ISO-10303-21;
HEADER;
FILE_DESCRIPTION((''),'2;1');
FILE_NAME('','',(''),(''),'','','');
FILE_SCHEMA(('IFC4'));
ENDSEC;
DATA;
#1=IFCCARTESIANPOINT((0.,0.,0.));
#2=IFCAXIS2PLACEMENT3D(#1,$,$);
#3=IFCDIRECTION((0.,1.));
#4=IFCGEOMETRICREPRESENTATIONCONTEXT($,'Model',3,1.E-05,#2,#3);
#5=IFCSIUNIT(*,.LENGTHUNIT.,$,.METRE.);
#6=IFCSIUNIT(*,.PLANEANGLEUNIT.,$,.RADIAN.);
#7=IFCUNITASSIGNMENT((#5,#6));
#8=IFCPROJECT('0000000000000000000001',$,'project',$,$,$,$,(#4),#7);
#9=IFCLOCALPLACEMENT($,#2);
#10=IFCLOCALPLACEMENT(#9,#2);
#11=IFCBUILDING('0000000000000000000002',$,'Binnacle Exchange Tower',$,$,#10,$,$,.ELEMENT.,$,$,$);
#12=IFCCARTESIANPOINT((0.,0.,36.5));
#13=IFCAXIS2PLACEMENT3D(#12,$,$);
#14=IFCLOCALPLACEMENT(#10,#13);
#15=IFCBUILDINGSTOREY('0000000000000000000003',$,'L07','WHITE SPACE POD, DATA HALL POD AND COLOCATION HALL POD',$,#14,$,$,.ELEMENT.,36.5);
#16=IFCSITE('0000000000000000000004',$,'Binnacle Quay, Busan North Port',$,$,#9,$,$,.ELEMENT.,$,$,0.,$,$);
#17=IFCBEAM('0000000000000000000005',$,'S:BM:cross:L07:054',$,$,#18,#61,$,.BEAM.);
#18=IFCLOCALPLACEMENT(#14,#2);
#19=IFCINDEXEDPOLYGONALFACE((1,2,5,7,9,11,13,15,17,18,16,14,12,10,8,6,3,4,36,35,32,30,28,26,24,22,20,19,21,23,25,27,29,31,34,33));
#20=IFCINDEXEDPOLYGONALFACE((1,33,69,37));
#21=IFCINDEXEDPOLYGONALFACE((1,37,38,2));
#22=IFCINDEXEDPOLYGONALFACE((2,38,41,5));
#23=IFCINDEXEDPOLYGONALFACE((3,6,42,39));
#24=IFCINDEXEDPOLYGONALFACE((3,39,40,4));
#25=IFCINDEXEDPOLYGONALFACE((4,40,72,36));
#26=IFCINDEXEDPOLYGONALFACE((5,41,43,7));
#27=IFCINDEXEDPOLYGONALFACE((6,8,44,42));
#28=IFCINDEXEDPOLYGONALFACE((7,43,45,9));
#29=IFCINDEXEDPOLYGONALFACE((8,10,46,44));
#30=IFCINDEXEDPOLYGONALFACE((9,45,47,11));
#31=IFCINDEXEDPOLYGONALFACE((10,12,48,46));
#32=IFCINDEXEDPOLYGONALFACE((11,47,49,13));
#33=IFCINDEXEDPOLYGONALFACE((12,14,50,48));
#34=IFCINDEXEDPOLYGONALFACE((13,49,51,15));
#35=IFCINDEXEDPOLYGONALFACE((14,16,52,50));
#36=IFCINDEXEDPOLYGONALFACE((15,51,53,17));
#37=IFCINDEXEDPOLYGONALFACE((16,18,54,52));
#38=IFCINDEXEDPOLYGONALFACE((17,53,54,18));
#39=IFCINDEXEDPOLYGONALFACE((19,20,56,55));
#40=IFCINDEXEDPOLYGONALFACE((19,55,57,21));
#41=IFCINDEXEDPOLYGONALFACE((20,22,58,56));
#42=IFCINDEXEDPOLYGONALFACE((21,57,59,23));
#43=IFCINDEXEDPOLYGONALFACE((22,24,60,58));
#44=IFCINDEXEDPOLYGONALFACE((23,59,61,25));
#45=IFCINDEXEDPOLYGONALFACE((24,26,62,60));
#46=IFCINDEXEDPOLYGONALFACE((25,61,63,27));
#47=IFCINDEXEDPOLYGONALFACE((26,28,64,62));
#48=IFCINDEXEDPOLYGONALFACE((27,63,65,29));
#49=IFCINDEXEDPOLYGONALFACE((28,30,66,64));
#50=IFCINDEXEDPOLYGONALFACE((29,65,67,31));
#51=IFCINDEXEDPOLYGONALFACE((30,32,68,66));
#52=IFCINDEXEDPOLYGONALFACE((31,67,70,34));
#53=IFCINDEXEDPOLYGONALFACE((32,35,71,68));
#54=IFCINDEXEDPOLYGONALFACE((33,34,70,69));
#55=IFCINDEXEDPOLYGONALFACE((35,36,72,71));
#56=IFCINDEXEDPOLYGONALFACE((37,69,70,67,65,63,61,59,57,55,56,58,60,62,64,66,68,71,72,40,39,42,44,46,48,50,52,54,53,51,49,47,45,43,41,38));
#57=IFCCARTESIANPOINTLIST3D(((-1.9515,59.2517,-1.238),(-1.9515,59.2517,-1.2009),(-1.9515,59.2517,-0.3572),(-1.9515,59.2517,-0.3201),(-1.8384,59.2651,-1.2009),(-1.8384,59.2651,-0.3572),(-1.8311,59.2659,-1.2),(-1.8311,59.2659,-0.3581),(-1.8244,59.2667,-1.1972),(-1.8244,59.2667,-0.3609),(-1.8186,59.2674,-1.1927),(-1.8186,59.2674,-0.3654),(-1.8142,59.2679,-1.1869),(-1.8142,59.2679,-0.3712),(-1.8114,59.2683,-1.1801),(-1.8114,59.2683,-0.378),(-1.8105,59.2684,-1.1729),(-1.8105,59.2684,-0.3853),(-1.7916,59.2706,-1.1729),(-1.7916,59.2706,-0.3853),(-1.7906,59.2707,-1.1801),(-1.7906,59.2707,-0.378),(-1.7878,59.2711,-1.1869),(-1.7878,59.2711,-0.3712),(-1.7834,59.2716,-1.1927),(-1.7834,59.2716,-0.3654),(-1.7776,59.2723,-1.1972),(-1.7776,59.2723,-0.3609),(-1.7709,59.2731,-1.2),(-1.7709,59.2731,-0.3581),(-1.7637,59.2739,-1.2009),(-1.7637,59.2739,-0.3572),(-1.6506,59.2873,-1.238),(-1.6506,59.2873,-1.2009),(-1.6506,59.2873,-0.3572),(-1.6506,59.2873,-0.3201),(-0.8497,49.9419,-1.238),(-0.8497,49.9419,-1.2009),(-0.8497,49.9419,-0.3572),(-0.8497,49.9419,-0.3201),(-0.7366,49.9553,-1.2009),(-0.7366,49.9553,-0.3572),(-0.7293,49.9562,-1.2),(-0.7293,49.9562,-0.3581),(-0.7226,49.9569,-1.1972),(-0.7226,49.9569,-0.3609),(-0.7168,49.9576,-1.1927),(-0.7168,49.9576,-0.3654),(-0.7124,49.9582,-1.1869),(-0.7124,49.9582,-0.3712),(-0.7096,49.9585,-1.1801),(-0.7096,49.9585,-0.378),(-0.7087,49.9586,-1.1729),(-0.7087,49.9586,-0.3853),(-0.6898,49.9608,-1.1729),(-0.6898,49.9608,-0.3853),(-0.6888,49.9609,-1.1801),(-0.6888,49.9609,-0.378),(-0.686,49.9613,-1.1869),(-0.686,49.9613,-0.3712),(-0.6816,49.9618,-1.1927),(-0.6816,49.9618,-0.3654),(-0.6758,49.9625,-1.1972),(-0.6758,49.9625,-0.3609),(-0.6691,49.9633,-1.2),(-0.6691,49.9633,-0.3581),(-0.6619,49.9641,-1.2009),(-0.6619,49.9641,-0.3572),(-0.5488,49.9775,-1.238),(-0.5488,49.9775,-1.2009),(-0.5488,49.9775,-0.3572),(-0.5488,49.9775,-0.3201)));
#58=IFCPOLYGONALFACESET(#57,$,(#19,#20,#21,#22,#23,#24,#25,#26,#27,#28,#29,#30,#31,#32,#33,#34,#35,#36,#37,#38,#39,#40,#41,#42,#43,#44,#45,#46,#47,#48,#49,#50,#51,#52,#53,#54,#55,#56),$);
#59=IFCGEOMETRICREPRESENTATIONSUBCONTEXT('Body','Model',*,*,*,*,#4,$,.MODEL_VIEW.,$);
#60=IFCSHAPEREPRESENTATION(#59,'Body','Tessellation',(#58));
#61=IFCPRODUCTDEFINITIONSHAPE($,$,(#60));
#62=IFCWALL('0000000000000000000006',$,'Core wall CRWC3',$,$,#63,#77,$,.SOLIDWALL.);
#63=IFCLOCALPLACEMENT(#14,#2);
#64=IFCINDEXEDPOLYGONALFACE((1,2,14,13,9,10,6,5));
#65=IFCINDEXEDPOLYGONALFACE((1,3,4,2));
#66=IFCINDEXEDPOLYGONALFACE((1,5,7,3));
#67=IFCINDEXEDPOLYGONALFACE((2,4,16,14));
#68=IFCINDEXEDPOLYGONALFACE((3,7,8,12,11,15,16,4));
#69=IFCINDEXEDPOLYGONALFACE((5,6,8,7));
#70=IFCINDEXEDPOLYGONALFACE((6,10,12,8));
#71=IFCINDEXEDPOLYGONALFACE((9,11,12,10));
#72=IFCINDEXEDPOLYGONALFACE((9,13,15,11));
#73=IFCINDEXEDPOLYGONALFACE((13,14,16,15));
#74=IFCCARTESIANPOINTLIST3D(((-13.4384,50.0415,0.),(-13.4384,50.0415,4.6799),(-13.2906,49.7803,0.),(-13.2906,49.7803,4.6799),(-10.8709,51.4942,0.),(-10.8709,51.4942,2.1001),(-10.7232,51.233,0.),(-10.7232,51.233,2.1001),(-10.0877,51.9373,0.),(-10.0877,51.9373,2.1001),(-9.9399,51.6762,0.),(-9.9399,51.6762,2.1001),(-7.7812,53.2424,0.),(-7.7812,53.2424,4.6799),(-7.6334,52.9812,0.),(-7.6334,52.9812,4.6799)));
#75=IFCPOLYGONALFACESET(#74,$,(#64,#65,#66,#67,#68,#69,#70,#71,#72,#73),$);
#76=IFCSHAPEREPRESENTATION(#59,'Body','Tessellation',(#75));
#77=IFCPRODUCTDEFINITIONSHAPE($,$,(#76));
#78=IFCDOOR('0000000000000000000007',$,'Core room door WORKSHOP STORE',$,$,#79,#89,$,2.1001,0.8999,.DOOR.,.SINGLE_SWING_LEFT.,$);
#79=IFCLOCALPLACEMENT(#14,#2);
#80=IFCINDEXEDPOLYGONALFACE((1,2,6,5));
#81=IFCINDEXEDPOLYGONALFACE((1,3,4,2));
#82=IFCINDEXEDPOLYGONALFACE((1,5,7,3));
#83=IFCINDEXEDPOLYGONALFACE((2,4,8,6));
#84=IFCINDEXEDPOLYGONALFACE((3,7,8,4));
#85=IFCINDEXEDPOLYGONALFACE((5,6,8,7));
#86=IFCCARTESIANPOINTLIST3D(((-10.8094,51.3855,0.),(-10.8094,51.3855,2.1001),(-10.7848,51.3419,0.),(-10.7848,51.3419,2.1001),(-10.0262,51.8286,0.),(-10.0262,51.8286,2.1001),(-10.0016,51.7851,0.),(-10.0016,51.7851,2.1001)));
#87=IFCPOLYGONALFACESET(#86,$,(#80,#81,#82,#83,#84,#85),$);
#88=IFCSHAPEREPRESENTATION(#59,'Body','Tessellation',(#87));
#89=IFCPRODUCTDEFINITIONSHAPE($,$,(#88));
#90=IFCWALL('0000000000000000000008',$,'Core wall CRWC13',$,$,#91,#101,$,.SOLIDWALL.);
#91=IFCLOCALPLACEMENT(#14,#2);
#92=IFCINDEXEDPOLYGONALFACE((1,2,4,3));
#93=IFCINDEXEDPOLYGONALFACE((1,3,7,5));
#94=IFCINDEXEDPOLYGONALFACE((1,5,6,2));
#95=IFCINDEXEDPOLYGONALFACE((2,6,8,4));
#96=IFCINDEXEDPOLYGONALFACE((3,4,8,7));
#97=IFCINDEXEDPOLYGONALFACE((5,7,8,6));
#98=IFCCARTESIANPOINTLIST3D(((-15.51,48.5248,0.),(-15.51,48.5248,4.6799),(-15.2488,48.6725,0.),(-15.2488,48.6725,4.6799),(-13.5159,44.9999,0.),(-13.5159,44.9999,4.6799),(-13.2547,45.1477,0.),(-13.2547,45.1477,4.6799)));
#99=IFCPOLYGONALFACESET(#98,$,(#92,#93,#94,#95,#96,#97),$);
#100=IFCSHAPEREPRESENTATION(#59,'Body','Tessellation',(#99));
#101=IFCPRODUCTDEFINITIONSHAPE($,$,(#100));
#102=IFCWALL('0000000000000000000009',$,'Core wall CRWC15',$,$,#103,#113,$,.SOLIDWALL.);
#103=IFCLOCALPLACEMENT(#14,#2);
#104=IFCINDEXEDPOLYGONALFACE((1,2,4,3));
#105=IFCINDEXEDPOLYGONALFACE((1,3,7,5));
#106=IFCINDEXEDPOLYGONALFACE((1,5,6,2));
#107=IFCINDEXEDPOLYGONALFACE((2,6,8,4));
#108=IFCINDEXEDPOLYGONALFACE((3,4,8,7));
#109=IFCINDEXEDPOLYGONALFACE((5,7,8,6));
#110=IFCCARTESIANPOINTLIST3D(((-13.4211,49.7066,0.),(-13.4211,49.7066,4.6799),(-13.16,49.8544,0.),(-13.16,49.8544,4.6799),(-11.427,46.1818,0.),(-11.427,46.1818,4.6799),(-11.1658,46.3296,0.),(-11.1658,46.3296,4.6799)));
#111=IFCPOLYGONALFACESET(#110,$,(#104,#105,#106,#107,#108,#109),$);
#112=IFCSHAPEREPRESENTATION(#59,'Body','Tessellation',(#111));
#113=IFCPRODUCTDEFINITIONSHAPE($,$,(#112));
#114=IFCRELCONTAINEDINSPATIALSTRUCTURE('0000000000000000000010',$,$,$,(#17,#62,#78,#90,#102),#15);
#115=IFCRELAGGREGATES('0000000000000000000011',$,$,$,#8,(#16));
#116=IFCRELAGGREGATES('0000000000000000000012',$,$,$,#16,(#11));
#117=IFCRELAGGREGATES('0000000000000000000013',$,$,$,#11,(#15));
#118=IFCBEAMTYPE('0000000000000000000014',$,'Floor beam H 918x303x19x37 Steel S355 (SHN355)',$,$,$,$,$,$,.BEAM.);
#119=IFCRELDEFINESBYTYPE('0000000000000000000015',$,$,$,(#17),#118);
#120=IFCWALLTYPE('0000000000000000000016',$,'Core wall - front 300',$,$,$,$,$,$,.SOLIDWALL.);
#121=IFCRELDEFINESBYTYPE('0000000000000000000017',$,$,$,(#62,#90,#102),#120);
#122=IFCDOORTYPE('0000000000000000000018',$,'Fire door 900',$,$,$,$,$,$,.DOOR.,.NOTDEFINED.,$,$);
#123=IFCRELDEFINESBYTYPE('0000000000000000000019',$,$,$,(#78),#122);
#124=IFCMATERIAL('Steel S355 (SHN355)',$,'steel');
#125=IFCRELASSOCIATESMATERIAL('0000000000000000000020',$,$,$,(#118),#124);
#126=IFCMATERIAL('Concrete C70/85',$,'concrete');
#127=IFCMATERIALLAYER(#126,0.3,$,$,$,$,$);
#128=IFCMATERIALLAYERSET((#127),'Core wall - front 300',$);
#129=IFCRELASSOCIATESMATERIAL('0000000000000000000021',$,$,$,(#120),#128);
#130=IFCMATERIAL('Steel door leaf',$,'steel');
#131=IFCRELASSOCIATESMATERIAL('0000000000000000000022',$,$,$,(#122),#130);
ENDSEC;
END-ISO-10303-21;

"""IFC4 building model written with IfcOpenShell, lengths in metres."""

from ifc_helpers import new_model, si_unit, direction, frame, frame_2d, origin, origin_2d, place, context, subcontext, project, spatial, rectangle, i_section, extrude, material, layer, layer_set, material_profile, profile_set, type_object, element, fill, save


model = new_model("IFC4")

# Units and contexts
model_context = context("Model", 3, precision=1e-05, world=origin(), true_north=direction((0.0, 1.0)))
body_context = subcontext(model_context, "Body", "Model", "MODEL_VIEW")
ifc_project = project(units=[si_unit("LENGTHUNIT", "METRE"), si_unit("PLANEANGLEUNIT", "RADIAN")], contexts=[model_context])

# Site, building, storey
site_placement = place(None, origin())
site = spatial("IfcSite", under=ifc_project, at=site_placement, Name="Binnacle Quay, Busan North Port", CompositionType="ELEMENT", RefElevation=0.0)
building_placement = place(site_placement, origin())
building = spatial("IfcBuilding", under=site, at=building_placement, Name="Binnacle Exchange Tower", CompositionType="ELEMENT")
storey_placement = place(building_placement, frame((0.0, 0.0, 36.5)))
storey = spatial("IfcBuildingStorey", under=building, at=storey_placement, Name="L07", Description="WHITE SPACE POD, DATA HALL POD AND COLOCATION HALL POD", CompositionType="ELEMENT", Elevation=36.5)

# Shared definitions
ifc_material_1 = material(Name="Concrete C70/85", Category="concrete")

# Beam
ifc_material_2 = material(Name="Steel S355 (SHN355)", Category="steel")
ifc_material_profile_1 = material_profile(ifc_material_2, i_section(OverallWidth=0.303, OverallDepth=0.918, WebThickness=0.019, FlangeThickness=0.0371, FilletRadius=0.0281, at=origin_2d()), Name="H 918x303x19x37")
ifc_profile_set_1 = profile_set([ifc_material_profile_1], Name="Steel S355 (SHN355)")
beam_type_1 = type_object("IfcBeamType", Name="Floor beam H 918x303x19x37 Steel S355 (SHN355)", PredefinedType="BEAM", material=ifc_profile_set_1)
beam_1_placement = place(storey_placement, frame((-0.6992, 49.9597, -0.7791), z_axis=(-0.117529, 0.993069, 0.0), x_axis=(-0.993069, -0.117529, 0.0)))
element("IfcBeam", 1, at=beam_1_placement, inside=storey, type_object=beam_type_1, Name="S:BM:cross:L07:054", PredefinedType="BEAM", context=body_context, shape_type="SweptSolid", body=[
    extrude(i_section(OverallWidth=0.303, OverallDepth=0.918, WebThickness=0.019, FlangeThickness=0.0371, FilletRadius=0.0281, at=origin_2d()), origin(), (0.0, 0.0, 1.0), 9.3748),
])

# Wall, opening, door
ifc_layer_1 = layer(ifc_material_1, 0.3)
ifc_layer_set_1 = layer_set([ifc_layer_1], Name="Core wall - front 300")
wall_type_1 = type_object("IfcWallType", Name="Core wall - front 300", PredefinedType="SOLIDWALL", material=ifc_layer_set_1)
wall_1_placement = place(storey_placement, frame((-13.3645, 49.9109, 0.0), z_axis=(0.0, 0.0, 1.0), x_axis=(0.870341, 0.49245, 0.0)))
wall_1 = element("IfcWall", 2, at=wall_1_placement, inside=storey, type_object=wall_type_1, Name="Core wall CRWC3", PredefinedType="SOLIDWALL", context=body_context, shape_type="SweptSolid", body=[
    extrude(rectangle(XDim=6.5, YDim=0.3, at=frame_2d((3.25, 0.0))), origin(), (0.0, 0.0, 1.0), 4.6799),
])
opening_1_placement = place(wall_1_placement, frame((2.95, 0.0, 0.0)))
opening_1 = element("IfcOpeningElement", 3, at=opening_1_placement, cuts=wall_1, PredefinedType="OPENING", context=body_context, shape_type="SweptSolid", body=[
    extrude(rectangle(XDim=0.8999, YDim=2.1001, at=frame_2d((0.45, 1.05))), frame((0.0, 0.1599, 0.0), z_axis=(0.0, -1.0, 0.0), x_axis=(1.0, 0.0, 0.0)), (0.0, 0.0, 1.0), 0.3201),
])
ifc_material_3 = material(Name="Steel door leaf", Category="steel")
door_type = type_object("IfcDoorType", Name="Fire door 900", OperationType="NOTDEFINED", PredefinedType="DOOR", material=ifc_material_3)
door_placement = place(opening_1_placement, frame((0.8999, 0.0, 0.0), z_axis=(0.0, 0.0, 1.0), x_axis=(-1.0, 0.0, 0.0)))
door = element("IfcDoor", 4, at=door_placement, inside=storey, type_object=door_type, Name="Core room door WORKSHOP STORE", OperationType="SINGLE_SWING_LEFT", OverallHeight=2.1001, OverallWidth=0.8999, PredefinedType="DOOR", context=body_context, shape_type="SweptSolid", body=[
    extrude(rectangle(XDim=0.8999, YDim=2.1001, at=frame_2d((0.45, 1.05))), frame((0.0, 0.0249, 0.0), z_axis=(0.0, -1.0, 0.0), x_axis=(1.0, 0.0, 0.0)), (0.0, 0.0, 1.0), 0.05),
])
fill(opening_1, door)

# Walls
for number, where, z_axis, x_axis, name in (
    (5, (-15.3794, 48.5986, 0.0), (0.0, 0.0, 1.0), (0.492395, -0.870372, 0.0), "Core wall CRWC13"),
    (6, (-13.2905, 49.7805, 0.0), (0.0, 0.0, 1.0), (0.492395, -0.870372, 0.0), "Core wall CRWC15"),
):
    element("IfcWall", number, at=place(storey_placement, frame(where, z_axis=z_axis, x_axis=x_axis)), inside=storey, type_object=wall_type_1, Name=name, PredefinedType="SOLIDWALL", context=body_context, shape_type="SweptSolid", body=[
        extrude(rectangle(XDim=4.0498, YDim=0.3, at=frame_2d((2.0249, 0.0))), origin(), (0.0, 0.0, 1.0), 4.6799),
    ])

save(model, "model.ifc")
